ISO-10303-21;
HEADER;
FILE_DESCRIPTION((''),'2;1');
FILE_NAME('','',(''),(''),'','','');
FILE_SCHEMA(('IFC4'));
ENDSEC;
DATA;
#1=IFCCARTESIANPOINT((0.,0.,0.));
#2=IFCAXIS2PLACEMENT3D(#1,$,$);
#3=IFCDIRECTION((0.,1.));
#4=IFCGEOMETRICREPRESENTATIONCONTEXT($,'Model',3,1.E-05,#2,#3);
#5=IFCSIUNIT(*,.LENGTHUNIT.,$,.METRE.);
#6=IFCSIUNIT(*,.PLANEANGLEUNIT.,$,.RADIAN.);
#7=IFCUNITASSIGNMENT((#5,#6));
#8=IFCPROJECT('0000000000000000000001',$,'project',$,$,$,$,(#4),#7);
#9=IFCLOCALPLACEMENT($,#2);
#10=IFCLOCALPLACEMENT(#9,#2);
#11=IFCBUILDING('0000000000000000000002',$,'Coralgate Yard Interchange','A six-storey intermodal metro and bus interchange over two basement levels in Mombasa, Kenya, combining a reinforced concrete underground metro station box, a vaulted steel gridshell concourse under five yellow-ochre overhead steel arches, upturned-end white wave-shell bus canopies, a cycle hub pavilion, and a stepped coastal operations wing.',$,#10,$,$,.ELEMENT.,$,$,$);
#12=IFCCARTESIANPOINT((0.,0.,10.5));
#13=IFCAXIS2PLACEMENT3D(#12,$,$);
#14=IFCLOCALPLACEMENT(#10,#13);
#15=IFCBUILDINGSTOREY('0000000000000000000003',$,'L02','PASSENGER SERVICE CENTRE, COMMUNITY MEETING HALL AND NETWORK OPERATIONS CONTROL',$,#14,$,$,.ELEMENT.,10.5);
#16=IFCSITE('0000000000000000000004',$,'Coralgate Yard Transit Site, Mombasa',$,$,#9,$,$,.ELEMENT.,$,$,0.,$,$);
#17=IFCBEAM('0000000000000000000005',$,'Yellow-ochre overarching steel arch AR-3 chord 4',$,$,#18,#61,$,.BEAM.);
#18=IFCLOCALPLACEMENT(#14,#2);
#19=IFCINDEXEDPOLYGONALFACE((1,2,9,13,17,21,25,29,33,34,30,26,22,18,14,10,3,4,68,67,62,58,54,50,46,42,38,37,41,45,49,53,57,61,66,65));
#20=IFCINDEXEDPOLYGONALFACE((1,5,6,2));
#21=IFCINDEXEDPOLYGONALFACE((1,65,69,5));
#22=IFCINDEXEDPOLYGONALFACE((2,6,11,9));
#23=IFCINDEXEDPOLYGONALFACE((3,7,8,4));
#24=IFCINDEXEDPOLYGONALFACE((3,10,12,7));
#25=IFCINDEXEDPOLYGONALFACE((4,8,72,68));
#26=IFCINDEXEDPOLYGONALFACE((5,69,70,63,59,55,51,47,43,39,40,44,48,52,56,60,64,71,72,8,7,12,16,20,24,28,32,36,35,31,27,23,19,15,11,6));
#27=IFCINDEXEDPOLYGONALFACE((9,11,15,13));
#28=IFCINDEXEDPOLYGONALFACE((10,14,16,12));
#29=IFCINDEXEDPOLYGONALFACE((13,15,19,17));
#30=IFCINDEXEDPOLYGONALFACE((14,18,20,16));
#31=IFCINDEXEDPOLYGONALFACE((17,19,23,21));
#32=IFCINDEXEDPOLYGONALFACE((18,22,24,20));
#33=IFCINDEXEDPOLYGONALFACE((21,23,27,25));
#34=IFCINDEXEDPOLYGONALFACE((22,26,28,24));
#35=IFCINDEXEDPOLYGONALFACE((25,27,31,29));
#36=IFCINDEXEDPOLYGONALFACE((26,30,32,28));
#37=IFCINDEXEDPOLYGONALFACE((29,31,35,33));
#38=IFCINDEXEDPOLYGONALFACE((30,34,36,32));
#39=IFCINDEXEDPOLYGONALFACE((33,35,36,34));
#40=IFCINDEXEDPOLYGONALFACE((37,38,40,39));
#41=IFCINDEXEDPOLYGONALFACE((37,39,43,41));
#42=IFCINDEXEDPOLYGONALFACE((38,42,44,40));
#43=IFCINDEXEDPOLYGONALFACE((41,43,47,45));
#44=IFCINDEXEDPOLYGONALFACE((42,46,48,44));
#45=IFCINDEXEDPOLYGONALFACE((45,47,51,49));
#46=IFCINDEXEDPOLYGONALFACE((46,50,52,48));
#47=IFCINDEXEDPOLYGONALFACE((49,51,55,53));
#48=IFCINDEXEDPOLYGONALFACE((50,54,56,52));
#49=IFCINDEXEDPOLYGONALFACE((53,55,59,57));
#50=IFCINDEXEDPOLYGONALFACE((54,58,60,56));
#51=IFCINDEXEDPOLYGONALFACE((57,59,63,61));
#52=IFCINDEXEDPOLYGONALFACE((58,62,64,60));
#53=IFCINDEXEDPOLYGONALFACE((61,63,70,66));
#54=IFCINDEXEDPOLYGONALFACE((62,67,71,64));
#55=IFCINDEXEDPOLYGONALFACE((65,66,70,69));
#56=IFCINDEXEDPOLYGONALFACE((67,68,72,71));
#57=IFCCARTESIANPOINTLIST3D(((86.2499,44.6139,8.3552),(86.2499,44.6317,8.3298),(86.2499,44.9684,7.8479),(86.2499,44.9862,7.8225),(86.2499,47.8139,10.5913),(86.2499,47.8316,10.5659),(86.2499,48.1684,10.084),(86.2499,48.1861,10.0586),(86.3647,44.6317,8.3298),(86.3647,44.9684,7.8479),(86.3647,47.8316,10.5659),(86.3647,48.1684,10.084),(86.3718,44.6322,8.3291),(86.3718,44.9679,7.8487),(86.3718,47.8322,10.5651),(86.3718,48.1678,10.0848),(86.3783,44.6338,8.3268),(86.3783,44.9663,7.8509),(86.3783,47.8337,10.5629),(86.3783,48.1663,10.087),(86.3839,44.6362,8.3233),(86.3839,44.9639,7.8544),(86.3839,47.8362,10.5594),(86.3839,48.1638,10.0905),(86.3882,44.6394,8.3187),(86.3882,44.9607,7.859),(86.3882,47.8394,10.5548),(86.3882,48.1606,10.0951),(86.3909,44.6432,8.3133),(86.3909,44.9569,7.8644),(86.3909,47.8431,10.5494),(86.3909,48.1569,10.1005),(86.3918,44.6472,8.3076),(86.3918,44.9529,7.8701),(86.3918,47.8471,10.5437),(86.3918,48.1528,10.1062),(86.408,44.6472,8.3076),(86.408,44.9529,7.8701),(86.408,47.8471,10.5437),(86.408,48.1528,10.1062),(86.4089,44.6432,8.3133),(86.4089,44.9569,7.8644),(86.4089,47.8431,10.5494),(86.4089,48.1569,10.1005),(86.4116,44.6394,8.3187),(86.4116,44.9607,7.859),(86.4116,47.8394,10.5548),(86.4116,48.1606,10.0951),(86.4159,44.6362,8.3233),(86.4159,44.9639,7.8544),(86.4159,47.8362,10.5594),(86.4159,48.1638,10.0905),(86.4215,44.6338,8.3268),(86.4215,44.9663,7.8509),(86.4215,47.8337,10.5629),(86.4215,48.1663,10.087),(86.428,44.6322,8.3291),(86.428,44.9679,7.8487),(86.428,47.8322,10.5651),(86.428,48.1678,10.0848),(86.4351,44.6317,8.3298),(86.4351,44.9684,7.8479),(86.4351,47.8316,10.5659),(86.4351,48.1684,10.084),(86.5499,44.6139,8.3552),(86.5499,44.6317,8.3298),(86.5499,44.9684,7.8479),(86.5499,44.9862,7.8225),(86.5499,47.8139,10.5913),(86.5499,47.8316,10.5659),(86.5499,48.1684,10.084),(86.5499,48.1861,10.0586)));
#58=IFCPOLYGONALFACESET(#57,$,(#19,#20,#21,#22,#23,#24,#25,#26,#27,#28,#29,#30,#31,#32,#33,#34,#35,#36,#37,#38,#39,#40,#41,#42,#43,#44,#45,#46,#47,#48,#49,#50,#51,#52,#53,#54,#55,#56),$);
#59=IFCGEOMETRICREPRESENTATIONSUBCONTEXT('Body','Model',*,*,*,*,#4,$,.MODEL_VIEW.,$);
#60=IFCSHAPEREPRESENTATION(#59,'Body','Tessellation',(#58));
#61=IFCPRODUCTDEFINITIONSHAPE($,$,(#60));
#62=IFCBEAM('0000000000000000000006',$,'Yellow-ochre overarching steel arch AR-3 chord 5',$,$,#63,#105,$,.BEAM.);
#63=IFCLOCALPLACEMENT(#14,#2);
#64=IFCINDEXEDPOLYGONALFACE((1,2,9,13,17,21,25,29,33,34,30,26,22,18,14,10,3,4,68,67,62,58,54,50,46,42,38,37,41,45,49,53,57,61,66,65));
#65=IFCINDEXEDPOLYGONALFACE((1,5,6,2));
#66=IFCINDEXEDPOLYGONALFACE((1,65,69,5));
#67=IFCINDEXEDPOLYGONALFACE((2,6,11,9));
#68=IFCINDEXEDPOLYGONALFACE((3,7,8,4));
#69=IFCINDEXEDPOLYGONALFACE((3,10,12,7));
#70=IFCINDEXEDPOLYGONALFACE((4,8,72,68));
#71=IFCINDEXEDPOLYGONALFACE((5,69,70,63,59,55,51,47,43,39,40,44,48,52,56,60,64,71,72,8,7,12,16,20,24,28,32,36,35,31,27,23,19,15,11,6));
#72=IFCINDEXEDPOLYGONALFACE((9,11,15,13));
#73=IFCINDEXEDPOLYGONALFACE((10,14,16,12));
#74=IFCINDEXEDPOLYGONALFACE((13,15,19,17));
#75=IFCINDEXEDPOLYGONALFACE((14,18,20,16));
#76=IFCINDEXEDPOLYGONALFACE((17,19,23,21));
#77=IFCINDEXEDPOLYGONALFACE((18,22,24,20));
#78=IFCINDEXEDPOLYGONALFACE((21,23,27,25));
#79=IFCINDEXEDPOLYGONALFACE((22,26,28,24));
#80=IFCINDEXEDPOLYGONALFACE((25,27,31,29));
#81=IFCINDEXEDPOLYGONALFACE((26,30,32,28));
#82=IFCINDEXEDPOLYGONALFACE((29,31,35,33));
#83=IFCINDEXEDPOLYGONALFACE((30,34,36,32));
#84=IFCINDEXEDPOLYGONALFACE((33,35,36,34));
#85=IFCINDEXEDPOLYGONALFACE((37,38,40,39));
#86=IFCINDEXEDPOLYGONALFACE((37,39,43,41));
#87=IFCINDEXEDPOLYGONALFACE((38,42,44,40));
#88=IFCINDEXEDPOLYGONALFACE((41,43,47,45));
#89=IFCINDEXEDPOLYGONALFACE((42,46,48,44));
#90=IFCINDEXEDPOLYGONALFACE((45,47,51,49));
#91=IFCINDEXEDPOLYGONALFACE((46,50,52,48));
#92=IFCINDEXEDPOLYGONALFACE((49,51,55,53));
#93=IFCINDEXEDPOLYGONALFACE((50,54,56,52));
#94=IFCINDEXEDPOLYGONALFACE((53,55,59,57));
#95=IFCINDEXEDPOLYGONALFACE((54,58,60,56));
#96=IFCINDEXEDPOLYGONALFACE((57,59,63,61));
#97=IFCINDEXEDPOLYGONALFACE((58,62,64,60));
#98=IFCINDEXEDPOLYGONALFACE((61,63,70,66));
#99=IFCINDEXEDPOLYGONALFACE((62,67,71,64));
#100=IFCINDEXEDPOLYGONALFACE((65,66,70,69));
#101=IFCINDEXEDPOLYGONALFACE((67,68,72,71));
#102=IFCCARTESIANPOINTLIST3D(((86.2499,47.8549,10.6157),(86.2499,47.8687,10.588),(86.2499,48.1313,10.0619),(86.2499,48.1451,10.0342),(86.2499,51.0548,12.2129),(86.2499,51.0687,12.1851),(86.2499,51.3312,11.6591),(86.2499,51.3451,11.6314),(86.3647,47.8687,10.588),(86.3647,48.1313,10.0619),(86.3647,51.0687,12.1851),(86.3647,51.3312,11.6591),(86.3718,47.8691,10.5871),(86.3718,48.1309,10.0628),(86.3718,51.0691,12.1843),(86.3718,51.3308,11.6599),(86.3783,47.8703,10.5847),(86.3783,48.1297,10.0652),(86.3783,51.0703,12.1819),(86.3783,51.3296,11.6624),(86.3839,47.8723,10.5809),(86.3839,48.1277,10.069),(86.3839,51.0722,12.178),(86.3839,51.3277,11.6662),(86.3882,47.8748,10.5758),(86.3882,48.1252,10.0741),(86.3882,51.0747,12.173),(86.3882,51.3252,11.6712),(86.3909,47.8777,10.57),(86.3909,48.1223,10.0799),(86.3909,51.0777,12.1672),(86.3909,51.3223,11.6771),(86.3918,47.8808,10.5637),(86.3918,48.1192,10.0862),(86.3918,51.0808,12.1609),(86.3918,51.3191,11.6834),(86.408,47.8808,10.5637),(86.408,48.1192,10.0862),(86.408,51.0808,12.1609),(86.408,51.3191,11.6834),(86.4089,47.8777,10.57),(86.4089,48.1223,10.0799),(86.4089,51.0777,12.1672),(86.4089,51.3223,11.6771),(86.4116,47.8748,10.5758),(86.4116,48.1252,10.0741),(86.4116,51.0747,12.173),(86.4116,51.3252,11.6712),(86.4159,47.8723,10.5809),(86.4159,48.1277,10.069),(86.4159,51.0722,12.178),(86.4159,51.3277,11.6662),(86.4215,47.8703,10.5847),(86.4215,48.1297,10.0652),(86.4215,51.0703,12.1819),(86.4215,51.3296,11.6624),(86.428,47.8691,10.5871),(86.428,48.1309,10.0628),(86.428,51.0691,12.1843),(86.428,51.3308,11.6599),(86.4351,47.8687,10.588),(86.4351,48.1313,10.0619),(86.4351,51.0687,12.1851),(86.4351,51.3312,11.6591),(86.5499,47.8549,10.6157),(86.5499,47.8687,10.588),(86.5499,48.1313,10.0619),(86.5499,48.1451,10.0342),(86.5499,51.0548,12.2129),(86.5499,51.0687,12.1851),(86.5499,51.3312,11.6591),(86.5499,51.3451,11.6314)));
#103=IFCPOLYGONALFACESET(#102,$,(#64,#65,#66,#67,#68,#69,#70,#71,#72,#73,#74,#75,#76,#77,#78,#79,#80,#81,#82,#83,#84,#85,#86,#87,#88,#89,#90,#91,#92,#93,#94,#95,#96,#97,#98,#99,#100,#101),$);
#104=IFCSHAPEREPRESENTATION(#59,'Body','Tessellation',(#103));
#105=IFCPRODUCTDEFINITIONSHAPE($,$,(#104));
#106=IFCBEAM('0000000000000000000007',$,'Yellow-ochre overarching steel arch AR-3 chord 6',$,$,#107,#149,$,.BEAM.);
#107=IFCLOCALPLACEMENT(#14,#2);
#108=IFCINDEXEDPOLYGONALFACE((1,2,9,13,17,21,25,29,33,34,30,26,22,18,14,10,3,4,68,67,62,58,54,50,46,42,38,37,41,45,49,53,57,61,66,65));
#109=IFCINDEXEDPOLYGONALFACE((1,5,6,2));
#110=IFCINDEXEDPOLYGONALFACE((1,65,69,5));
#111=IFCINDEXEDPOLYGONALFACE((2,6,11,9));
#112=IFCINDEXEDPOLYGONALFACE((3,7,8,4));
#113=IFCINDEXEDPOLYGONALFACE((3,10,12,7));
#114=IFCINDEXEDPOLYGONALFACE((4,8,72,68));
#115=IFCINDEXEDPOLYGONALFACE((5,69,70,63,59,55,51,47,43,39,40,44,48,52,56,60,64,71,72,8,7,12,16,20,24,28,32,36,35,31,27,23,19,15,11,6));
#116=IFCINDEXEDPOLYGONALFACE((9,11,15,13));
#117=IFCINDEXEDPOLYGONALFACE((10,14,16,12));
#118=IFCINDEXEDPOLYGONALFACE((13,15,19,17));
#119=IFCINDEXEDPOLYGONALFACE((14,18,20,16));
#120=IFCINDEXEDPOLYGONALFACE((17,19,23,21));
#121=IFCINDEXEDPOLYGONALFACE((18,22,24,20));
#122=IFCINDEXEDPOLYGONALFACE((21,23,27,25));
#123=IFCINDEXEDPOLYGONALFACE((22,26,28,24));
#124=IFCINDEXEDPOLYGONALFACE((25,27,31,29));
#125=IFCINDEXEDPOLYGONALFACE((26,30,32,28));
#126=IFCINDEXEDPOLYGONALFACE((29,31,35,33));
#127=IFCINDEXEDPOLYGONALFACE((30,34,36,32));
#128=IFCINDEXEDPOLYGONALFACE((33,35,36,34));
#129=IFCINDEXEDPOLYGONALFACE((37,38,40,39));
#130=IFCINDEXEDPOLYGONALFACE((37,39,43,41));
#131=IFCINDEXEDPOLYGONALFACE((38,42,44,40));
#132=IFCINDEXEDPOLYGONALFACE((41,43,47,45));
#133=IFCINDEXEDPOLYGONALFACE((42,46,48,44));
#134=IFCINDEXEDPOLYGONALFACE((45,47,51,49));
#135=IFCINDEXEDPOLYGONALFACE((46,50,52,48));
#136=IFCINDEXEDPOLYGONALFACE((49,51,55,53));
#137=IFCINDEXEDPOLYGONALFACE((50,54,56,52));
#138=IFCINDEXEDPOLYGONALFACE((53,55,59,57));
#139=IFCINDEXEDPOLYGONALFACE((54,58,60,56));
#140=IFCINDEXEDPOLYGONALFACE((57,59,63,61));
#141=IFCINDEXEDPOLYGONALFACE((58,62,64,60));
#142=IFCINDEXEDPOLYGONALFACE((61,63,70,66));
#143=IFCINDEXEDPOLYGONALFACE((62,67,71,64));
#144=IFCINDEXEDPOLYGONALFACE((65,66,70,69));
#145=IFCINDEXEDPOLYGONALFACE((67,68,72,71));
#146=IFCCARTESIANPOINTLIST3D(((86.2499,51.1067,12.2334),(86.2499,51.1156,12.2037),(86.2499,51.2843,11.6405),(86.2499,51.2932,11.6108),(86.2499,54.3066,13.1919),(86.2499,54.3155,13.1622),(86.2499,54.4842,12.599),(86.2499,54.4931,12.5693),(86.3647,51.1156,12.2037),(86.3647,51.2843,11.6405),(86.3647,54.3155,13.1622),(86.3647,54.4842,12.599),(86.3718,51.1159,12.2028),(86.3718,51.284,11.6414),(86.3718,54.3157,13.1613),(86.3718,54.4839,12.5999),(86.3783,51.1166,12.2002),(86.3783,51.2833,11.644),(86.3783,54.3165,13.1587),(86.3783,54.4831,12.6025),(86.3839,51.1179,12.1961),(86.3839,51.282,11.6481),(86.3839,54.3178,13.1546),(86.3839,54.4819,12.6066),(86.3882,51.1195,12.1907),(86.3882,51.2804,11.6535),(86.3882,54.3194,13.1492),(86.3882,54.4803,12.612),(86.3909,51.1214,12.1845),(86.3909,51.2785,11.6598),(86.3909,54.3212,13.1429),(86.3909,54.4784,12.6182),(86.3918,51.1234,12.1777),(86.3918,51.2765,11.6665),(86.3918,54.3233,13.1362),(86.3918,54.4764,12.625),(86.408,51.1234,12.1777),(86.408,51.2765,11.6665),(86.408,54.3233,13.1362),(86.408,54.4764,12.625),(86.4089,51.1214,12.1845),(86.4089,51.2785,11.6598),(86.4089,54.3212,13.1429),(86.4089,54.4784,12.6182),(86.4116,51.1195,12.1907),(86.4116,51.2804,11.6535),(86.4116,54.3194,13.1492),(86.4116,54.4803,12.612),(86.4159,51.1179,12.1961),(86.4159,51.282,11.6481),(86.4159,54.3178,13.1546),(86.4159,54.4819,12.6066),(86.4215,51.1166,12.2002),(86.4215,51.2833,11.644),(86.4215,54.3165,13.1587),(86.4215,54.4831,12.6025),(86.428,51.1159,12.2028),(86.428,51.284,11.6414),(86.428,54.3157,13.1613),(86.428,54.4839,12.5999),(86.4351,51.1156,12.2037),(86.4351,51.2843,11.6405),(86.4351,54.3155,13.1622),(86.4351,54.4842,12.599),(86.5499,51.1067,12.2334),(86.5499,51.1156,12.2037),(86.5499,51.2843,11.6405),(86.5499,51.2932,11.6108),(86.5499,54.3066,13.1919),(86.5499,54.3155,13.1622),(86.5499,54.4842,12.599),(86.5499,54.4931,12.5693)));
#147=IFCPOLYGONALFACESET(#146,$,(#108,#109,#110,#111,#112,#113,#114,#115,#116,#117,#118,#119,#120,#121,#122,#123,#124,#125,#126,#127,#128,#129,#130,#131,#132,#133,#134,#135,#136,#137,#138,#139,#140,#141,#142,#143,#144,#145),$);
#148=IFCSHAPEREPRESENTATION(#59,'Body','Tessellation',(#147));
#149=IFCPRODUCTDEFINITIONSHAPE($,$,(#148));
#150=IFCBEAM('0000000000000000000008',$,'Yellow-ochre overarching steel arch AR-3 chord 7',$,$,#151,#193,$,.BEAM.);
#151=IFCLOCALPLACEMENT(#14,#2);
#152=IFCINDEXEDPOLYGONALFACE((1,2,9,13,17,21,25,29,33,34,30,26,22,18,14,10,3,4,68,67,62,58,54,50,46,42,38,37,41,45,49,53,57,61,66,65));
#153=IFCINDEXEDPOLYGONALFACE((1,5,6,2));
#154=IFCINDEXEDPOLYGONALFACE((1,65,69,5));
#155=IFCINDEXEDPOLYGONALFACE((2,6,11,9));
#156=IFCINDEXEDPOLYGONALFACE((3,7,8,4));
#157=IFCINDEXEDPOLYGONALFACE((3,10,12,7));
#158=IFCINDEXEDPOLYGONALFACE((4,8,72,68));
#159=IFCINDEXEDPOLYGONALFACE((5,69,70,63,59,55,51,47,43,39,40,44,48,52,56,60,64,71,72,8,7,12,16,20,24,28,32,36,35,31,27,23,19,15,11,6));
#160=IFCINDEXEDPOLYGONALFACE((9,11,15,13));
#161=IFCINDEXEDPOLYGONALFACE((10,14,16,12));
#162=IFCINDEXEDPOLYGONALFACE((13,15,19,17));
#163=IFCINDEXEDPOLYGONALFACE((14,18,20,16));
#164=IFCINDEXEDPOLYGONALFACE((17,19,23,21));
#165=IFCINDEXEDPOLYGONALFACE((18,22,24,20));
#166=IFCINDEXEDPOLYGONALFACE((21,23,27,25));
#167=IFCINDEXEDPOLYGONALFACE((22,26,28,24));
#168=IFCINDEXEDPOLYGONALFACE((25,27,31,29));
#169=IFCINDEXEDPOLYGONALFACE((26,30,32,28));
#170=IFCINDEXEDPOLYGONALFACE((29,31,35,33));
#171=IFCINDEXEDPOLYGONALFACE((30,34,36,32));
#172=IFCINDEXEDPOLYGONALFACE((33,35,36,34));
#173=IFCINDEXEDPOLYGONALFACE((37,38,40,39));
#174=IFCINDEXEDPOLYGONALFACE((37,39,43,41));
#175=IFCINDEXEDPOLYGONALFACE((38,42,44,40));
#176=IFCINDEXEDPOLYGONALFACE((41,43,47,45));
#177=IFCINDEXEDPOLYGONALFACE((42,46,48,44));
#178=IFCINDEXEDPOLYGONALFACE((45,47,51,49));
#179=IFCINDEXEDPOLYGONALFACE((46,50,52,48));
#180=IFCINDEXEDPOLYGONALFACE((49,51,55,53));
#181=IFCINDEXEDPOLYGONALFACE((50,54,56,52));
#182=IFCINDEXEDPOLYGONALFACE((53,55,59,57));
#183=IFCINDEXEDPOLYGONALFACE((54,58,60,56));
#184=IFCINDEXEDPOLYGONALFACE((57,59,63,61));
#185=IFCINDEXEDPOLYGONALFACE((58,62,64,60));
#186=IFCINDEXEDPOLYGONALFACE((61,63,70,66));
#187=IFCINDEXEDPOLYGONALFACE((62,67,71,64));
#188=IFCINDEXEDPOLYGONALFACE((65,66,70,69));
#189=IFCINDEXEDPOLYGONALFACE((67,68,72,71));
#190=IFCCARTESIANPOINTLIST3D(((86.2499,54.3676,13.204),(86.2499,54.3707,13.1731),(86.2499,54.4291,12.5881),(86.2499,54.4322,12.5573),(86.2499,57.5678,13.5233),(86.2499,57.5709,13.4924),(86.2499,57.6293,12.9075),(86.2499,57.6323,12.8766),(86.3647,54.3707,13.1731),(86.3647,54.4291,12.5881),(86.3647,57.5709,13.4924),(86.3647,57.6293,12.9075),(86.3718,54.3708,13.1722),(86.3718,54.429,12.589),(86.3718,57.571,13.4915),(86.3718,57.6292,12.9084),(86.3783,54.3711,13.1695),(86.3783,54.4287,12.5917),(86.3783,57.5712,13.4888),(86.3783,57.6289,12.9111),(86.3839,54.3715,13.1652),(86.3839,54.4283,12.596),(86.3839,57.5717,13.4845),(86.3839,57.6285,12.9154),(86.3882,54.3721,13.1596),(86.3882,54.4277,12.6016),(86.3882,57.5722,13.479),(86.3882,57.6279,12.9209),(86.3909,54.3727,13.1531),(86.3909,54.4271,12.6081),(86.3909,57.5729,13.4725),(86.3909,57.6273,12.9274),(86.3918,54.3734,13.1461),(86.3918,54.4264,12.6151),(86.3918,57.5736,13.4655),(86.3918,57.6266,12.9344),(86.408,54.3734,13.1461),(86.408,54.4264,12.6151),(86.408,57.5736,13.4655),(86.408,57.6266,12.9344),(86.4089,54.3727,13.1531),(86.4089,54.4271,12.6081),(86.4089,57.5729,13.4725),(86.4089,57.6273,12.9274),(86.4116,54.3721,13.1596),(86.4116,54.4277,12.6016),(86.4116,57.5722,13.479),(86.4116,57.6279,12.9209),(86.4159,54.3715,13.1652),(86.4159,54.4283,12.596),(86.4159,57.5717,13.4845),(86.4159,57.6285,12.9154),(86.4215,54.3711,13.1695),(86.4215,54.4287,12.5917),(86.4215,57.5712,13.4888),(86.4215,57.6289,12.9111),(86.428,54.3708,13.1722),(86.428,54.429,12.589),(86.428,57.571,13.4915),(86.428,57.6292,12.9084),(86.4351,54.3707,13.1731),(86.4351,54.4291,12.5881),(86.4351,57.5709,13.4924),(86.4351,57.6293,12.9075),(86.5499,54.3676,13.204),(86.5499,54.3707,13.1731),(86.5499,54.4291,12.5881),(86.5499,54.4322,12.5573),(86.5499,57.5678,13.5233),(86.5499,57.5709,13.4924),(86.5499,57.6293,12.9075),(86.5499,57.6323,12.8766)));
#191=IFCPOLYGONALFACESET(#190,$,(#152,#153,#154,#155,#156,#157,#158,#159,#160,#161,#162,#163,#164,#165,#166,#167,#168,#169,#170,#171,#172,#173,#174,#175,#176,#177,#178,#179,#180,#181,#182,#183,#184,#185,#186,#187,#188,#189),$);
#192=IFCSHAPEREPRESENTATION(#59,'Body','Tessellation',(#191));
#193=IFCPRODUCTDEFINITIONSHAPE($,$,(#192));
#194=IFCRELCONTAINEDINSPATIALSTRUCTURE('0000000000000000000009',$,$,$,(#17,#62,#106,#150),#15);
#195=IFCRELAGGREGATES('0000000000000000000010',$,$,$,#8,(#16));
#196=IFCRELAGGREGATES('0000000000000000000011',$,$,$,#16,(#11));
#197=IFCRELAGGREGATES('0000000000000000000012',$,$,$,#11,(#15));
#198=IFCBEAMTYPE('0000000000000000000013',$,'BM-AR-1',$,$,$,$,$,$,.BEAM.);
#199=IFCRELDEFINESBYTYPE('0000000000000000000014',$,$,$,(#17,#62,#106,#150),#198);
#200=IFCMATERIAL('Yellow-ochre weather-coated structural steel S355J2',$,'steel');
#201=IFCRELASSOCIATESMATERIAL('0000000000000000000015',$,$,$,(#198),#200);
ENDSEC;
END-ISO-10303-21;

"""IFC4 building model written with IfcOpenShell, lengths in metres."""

from ifc_helpers import new_model, si_unit, direction, frame, origin, origin_2d, place, context, subcontext, project, spatial, i_section, extrude, material, material_profile, profile_set, type_object, element, save


model = new_model("IFC4")

# Units and contexts
model_context = context("Model", 3, precision=1e-05, world=origin(), true_north=direction((0.0, 1.0)))
body_context = subcontext(model_context, "Body", "Model", "MODEL_VIEW")
ifc_project = project(units=[si_unit("LENGTHUNIT", "METRE"), si_unit("PLANEANGLEUNIT", "RADIAN")], contexts=[model_context])

# Site, building, storey
site_placement = place(None, origin())
site = spatial("IfcSite", under=ifc_project, at=site_placement, Name="Coralgate Yard Transit Site, Mombasa", CompositionType="ELEMENT", RefElevation=0.0)
building_placement = place(site_placement, origin())
building = spatial("IfcBuilding", under=site, at=building_placement, Name="Coralgate Yard Interchange", Description="A six-storey intermodal metro and bus interchange over two basement levels in Mombasa, Kenya, combining a reinforced concrete underground metro station box, a vaulted steel gridshell concourse under five yellow-ochre overhead steel arches, upturned-end white wave-shell bus canopies, a cycle hub pavilion, and a stepped coastal operations wing.", CompositionType="ELEMENT")
storey_placement = place(building_placement, frame((0.0, 0.0, 10.5)))
storey = spatial("IfcBuildingStorey", under=building, at=storey_placement, Name="L02", Description="PASSENGER SERVICE CENTRE, COMMUNITY MEETING HALL AND NETWORK OPERATIONS CONTROL", CompositionType="ELEMENT", Elevation=10.5)

# Beams
ifc_material_1 = material(Name="Yellow-ochre weather-coated structural steel S355J2", Category="steel")
ifc_material_profile_1 = material_profile(ifc_material_1, i_section(OverallWidth=0.3, OverallDepth=0.6499, WebThickness=0.0161, FlangeThickness=0.031, FilletRadius=0.0271, at=origin_2d()), Name="HEB 650")
ifc_profile_set_1 = profile_set([ifc_material_profile_1], Name="Yellow-ochre weather-coated structural steel S355J2")
beam_type_1 = type_object("IfcBeamType", Name="BM-AR-1", PredefinedType="BEAM", material=ifc_profile_set_1)
beam_1_placement = place(storey_placement, frame((86.3999, 44.8, 8.0889), z_axis=(0.0, 0.819699, 0.572795), x_axis=(-1.0, 0.0, 0.0)))
element("IfcBeam", 1, at=beam_1_placement, inside=storey, type_object=beam_type_1, Name="Yellow-ochre overarching steel arch AR-3 chord 4", PredefinedType="BEAM", context=body_context, shape_type="SweptSolid", body=[
    extrude(i_section(OverallWidth=0.3, OverallDepth=0.6499, WebThickness=0.0161, FlangeThickness=0.031, FilletRadius=0.0271, at=origin_2d()), origin(), (0.0, 0.0, 1.0), 3.9038),
])
beam_2_placement = place(storey_placement, frame((86.3999, 48.0, 10.325), z_axis=(0.0, 0.894741, 0.446585), x_axis=(-1.0, 0.0, 0.0)))
element("IfcBeam", 2, at=beam_2_placement, inside=storey, type_object=beam_type_1, Name="Yellow-ochre overarching steel arch AR-3 chord 5", PredefinedType="BEAM", context=body_context, shape_type="SweptSolid", body=[
    extrude(i_section(OverallWidth=0.3, OverallDepth=0.6499, WebThickness=0.0161, FlangeThickness=0.031, FilletRadius=0.0271, at=origin_2d()), origin(), (0.0, 0.0, 1.0), 3.5764),
])
beam_3_placement = place(storey_placement, frame((86.3999, 51.2, 11.9221), z_axis=(0.0, 0.957949, 0.286939), x_axis=(-1.0, 0.0, 0.0)))
element("IfcBeam", 3, at=beam_3_placement, inside=storey, type_object=beam_type_1, Name="Yellow-ochre overarching steel arch AR-3 chord 6", PredefinedType="BEAM", context=body_context, shape_type="SweptSolid", body=[
    extrude(i_section(OverallWidth=0.3, OverallDepth=0.6499, WebThickness=0.0161, FlangeThickness=0.031, FilletRadius=0.0271, at=origin_2d()), origin(), (0.0, 0.0, 1.0), 3.3403),
])
beam_4_placement = place(storey_placement, frame((86.3999, 54.3999, 12.8806), z_axis=(0.0, 0.995058, 0.099293), x_axis=(-1.0, 0.0, 0.0)))
element("IfcBeam", 4, at=beam_4_placement, inside=storey, type_object=beam_type_1, Name="Yellow-ochre overarching steel arch AR-3 chord 7", PredefinedType="BEAM", context=body_context, shape_type="SweptSolid", body=[
    extrude(i_section(OverallWidth=0.3, OverallDepth=0.6499, WebThickness=0.0161, FlangeThickness=0.031, FilletRadius=0.0271, at=origin_2d()), origin(), (0.0, 0.0, 1.0), 3.2161),
])

save(model, "model.ifc")
